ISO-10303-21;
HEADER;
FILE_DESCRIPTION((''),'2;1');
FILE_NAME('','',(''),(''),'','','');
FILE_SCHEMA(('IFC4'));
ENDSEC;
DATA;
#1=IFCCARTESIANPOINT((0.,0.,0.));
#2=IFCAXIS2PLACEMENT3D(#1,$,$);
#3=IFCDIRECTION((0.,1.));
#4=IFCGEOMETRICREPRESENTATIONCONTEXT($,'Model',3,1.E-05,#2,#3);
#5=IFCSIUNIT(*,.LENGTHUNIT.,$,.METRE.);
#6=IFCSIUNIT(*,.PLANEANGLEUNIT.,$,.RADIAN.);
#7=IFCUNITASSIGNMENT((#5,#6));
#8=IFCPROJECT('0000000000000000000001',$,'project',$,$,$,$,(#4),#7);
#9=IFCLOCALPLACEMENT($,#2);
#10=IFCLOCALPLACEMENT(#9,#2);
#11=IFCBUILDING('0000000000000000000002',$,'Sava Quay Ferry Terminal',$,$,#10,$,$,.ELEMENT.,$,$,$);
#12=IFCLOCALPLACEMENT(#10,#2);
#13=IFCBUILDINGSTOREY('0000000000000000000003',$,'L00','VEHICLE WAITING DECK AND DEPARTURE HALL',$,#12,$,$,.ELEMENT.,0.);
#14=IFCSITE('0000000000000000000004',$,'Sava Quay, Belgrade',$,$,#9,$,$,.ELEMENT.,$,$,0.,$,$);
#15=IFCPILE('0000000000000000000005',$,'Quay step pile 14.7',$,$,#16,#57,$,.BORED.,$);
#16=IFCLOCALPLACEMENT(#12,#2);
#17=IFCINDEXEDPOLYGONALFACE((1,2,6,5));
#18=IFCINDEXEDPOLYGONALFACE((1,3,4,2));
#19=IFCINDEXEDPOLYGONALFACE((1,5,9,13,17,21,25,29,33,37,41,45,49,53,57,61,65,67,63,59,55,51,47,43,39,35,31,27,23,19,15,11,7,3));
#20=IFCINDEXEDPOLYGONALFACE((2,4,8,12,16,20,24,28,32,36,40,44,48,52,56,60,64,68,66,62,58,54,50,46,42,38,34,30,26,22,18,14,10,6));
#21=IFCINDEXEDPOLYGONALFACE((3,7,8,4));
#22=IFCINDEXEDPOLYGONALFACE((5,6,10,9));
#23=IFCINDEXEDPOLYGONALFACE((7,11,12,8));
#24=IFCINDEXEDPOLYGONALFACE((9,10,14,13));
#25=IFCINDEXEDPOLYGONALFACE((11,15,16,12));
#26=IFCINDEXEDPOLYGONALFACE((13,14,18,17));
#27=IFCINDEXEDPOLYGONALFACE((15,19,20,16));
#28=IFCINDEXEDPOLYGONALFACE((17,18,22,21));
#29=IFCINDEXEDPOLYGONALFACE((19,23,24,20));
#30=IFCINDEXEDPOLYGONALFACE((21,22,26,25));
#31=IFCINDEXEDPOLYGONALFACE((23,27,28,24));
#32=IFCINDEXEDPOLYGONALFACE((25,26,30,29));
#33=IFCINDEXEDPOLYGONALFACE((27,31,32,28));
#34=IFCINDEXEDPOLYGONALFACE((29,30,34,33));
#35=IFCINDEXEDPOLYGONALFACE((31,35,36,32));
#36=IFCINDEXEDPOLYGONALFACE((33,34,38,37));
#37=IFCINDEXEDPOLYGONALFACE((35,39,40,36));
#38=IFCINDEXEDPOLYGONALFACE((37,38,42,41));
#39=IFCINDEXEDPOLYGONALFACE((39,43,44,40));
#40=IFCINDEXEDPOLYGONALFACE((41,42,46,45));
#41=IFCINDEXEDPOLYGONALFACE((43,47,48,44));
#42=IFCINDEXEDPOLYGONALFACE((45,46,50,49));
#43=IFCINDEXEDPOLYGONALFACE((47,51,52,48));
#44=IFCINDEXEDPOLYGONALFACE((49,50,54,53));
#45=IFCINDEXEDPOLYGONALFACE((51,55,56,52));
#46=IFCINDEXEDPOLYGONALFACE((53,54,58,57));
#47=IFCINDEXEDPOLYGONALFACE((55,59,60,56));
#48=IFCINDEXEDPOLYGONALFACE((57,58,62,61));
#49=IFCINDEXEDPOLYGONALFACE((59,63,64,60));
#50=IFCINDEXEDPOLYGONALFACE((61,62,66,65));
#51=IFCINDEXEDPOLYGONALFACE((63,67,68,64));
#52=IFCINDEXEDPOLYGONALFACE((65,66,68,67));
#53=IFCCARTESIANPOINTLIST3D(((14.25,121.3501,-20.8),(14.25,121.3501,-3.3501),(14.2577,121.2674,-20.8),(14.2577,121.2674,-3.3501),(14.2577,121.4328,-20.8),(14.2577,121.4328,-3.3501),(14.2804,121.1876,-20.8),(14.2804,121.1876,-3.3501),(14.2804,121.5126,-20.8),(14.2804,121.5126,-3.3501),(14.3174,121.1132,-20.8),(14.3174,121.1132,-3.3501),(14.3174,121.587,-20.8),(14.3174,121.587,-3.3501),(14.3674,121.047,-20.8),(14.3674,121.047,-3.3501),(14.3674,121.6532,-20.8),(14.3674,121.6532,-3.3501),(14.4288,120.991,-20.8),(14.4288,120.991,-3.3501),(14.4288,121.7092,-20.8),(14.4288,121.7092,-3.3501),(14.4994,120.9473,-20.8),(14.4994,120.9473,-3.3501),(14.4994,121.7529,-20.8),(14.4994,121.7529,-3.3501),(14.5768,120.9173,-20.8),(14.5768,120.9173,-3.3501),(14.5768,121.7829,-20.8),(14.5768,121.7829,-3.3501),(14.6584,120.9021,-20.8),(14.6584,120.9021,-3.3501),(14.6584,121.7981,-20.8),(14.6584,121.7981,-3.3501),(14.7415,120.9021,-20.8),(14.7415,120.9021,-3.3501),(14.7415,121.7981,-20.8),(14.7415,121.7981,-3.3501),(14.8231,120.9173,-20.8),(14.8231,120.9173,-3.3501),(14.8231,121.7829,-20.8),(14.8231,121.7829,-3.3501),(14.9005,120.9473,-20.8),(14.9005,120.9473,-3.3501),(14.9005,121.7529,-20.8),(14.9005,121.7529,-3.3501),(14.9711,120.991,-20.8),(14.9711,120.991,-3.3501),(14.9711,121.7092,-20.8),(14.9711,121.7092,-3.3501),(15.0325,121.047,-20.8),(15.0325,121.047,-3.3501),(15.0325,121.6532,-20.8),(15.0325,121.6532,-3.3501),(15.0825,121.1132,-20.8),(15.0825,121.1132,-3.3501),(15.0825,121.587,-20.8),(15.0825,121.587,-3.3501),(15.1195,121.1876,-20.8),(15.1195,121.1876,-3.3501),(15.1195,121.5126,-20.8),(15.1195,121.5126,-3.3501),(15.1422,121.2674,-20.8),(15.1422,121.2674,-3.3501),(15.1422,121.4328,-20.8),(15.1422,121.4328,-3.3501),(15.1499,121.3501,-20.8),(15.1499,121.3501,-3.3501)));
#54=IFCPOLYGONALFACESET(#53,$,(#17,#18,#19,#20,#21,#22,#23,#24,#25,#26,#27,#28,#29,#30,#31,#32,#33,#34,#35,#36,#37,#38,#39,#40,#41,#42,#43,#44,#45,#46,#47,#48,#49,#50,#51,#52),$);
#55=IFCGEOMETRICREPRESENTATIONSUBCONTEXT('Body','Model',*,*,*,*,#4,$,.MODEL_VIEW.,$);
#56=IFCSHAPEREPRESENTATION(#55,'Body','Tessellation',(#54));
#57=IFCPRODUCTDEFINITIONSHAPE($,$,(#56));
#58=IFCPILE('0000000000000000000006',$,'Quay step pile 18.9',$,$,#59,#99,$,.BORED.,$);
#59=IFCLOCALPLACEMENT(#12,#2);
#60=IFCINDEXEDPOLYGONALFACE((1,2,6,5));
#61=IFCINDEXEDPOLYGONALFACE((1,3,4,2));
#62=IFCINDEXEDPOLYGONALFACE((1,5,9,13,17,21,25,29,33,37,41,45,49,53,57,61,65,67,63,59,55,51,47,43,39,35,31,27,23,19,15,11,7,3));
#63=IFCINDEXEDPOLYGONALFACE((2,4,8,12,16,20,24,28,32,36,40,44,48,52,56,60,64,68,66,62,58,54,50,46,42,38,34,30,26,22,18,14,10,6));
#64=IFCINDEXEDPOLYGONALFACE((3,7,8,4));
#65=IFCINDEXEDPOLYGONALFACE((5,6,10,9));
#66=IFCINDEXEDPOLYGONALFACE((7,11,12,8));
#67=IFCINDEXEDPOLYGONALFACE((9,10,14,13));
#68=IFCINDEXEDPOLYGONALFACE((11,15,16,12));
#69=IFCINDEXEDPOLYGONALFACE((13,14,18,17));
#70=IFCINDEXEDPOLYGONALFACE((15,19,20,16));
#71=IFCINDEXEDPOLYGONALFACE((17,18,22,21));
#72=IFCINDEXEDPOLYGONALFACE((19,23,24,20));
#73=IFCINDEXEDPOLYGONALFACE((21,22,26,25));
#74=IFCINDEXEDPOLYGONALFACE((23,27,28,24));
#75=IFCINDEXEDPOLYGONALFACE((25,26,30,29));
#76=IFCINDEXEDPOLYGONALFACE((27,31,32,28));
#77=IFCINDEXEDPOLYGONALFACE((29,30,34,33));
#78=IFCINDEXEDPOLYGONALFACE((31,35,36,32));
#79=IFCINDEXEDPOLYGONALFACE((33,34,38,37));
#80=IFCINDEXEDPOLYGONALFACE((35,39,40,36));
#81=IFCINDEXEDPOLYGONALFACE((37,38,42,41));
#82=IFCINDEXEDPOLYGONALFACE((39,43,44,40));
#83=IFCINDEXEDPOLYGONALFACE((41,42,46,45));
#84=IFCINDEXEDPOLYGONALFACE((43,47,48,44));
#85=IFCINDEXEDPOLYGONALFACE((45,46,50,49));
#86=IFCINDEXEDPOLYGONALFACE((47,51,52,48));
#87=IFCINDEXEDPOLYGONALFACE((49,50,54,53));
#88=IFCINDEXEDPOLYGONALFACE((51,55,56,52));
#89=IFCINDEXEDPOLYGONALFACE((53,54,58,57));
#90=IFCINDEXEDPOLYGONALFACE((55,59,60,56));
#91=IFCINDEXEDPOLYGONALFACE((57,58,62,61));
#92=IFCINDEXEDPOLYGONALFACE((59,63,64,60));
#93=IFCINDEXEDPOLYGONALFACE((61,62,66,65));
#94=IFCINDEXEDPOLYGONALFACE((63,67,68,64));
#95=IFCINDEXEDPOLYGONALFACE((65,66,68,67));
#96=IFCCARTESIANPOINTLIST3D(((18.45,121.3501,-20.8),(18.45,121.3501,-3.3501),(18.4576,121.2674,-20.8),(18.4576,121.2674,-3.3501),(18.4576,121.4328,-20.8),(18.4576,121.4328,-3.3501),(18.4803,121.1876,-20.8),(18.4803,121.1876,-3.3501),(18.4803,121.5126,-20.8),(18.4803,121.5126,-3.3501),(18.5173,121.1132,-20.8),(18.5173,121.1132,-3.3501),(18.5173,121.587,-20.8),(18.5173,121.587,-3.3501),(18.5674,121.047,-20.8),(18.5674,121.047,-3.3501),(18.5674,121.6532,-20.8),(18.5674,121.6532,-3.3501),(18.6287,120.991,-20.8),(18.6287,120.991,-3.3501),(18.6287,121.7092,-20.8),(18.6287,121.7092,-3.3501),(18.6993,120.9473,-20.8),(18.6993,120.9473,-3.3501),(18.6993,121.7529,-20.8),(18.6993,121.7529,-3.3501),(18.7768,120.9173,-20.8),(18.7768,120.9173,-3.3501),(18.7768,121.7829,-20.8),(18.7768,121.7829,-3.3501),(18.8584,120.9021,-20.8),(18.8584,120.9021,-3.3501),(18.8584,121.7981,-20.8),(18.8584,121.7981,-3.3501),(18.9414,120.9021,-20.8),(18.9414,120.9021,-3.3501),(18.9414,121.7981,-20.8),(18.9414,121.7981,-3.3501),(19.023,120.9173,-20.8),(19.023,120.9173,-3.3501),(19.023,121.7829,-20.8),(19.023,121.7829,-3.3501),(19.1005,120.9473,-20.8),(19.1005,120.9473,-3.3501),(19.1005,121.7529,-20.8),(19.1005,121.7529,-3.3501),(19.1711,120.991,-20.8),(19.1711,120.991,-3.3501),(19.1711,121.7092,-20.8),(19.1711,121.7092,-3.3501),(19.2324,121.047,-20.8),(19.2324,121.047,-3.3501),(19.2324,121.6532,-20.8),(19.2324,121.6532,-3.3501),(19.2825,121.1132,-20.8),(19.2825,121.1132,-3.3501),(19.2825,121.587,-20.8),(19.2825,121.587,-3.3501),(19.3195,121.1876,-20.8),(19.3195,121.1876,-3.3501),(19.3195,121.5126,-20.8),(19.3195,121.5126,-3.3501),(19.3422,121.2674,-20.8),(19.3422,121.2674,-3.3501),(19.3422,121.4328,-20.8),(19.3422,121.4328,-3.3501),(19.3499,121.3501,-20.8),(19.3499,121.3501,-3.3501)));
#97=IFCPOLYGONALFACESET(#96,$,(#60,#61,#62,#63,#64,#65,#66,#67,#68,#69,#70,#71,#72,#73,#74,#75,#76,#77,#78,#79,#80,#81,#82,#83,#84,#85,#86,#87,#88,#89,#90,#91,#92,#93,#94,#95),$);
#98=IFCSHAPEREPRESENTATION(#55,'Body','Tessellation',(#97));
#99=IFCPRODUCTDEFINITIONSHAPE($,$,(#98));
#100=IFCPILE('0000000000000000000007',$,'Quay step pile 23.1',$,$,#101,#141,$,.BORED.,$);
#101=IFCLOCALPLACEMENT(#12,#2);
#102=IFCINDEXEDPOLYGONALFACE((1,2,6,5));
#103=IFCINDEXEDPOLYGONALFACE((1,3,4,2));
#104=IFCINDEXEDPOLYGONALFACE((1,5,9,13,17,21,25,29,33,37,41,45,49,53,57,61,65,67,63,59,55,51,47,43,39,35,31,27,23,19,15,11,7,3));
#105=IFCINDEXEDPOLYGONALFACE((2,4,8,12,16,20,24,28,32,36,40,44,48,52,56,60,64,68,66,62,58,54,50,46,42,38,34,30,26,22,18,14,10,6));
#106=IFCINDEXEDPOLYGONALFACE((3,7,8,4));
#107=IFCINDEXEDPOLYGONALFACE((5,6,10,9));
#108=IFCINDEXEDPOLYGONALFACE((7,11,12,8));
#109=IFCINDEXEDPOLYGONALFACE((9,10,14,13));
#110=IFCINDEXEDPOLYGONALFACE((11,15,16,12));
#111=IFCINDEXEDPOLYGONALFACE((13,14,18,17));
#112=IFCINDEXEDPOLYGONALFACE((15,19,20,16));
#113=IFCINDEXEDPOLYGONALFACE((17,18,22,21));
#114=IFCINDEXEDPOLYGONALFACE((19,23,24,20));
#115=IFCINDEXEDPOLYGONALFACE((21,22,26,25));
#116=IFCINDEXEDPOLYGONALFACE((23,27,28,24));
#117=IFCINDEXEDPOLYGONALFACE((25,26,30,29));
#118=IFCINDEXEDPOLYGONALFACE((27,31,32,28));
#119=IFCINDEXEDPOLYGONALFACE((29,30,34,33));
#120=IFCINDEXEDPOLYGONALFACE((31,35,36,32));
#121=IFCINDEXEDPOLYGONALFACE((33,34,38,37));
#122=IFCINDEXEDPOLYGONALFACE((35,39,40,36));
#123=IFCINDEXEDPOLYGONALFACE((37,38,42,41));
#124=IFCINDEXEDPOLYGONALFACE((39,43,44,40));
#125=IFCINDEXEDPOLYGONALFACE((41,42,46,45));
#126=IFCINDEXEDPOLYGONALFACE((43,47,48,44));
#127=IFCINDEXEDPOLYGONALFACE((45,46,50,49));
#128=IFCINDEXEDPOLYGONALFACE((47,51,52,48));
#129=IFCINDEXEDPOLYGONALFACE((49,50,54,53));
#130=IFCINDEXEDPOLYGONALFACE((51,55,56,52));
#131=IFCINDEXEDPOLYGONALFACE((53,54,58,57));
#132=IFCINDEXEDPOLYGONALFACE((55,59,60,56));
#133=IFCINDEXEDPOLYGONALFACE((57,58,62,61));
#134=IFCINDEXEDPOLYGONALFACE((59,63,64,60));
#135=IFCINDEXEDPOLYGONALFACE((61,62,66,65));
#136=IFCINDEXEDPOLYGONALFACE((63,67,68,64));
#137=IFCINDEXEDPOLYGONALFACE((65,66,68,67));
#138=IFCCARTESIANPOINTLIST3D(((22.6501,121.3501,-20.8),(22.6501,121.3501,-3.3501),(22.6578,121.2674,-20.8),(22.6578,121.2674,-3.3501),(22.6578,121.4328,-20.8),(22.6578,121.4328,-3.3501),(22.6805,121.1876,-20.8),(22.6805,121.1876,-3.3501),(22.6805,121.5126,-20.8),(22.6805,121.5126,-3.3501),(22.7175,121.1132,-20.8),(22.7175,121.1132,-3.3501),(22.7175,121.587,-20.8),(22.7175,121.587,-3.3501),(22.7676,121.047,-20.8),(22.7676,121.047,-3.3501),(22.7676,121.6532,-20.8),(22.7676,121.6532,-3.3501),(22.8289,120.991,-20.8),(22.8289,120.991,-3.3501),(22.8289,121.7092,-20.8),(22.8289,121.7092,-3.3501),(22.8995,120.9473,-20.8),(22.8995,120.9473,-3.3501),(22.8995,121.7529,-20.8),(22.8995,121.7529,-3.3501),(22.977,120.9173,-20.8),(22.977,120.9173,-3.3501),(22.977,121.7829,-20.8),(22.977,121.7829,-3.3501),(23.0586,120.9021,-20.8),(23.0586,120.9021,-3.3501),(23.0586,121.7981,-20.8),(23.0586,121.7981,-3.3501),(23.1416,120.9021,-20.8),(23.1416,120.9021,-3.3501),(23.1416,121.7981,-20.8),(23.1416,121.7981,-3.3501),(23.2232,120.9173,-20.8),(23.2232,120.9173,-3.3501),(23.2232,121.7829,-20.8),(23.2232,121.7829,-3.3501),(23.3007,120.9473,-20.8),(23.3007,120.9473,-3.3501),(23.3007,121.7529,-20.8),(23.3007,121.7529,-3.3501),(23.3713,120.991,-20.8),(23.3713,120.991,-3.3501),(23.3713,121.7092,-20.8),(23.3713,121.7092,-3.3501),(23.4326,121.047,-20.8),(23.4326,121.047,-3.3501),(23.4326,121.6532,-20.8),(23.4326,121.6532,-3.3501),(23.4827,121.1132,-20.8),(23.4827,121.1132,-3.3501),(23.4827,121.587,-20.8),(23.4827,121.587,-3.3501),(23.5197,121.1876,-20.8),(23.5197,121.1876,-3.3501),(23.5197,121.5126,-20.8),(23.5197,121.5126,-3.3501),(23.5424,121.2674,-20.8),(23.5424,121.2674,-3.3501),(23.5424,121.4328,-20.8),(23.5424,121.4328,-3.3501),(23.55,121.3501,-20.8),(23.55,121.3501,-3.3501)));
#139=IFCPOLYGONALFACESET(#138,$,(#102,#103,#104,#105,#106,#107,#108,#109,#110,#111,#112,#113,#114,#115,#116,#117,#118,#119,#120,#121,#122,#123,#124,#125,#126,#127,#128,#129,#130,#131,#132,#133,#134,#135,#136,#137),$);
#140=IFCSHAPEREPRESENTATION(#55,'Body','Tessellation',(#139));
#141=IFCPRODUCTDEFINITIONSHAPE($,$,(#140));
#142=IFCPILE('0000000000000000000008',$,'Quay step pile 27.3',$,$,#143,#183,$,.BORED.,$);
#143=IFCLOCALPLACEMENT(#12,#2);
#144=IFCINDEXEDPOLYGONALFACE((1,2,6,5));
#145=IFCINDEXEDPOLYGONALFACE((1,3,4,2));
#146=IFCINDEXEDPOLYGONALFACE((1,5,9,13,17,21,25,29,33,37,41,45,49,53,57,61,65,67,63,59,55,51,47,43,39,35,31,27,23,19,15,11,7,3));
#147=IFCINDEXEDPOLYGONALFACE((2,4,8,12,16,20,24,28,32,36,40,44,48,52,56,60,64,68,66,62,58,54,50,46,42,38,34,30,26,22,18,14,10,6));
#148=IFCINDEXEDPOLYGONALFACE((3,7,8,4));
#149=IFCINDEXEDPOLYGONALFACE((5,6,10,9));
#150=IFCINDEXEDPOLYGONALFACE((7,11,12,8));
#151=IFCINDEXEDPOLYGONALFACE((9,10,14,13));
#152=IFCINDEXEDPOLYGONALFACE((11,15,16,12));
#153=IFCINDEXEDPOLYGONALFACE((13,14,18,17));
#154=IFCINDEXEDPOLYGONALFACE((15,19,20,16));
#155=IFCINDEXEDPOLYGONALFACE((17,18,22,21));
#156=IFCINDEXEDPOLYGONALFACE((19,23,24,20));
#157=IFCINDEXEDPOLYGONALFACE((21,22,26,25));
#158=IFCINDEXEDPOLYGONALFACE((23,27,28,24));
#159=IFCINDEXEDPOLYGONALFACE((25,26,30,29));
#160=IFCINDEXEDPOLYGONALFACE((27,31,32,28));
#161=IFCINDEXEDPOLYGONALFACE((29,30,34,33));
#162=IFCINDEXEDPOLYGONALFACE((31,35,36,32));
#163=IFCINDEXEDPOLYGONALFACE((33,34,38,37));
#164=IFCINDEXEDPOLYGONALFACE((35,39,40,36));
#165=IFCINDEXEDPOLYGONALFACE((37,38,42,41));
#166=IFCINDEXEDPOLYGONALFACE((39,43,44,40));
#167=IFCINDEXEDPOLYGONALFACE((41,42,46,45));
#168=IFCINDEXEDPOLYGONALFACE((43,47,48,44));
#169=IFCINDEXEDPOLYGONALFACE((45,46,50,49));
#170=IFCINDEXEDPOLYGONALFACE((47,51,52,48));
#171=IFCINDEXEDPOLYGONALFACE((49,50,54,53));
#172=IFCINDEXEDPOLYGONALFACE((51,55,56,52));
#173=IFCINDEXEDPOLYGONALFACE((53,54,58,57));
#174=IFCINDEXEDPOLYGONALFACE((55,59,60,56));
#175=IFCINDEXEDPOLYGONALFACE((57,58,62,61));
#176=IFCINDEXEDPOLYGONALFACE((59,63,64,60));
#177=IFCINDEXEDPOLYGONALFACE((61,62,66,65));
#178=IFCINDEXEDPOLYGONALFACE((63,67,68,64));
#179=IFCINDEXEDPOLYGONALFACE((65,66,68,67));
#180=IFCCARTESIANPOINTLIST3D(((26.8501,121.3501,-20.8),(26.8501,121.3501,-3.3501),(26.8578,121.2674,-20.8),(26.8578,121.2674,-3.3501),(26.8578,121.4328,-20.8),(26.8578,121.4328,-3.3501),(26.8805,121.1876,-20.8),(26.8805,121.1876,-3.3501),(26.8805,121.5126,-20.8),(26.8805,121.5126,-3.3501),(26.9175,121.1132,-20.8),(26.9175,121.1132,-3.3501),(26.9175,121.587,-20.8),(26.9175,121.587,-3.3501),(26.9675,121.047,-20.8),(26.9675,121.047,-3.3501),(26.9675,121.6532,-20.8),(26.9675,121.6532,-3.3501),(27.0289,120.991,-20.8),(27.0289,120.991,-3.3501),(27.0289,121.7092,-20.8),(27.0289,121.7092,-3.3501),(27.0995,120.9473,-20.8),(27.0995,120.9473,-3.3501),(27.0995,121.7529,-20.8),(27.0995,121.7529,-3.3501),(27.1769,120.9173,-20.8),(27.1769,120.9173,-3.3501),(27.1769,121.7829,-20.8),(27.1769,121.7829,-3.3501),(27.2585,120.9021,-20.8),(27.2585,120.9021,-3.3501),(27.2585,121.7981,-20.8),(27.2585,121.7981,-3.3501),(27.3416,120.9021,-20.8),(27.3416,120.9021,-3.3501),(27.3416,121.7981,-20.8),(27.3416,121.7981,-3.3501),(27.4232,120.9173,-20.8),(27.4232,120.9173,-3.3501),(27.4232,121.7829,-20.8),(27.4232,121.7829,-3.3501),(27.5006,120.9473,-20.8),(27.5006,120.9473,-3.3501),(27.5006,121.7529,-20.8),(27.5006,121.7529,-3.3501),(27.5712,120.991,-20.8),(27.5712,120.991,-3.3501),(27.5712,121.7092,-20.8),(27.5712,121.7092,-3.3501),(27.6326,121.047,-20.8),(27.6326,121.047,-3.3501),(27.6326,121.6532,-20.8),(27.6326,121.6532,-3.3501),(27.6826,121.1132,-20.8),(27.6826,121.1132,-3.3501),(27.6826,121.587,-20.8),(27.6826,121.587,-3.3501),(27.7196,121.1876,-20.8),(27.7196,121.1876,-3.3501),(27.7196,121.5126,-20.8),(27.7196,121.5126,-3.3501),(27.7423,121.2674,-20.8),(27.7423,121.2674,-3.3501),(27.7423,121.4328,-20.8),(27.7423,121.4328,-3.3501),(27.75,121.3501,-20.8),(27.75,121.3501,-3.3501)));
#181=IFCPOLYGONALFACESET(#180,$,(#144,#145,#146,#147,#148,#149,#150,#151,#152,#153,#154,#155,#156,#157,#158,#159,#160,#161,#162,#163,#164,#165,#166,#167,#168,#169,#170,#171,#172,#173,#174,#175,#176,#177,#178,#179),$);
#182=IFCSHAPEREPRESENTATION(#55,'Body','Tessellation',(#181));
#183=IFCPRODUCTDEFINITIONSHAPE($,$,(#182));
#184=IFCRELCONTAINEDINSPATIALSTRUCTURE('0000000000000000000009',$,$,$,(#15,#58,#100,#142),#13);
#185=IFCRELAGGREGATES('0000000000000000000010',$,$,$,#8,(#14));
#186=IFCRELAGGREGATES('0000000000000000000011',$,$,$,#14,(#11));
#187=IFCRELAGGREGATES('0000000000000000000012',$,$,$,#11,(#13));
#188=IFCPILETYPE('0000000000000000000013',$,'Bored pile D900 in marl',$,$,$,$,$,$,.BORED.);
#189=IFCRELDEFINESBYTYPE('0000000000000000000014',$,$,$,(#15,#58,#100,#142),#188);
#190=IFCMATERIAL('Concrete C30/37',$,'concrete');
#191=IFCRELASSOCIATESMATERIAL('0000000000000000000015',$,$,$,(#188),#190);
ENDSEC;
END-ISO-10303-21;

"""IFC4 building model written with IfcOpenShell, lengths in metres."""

from ifc_helpers import new_model, si_unit, direction, frame, origin, origin_2d, place, context, subcontext, project, spatial, circle, extrude, material, material_profile, profile_set, type_object, element, save


model = new_model("IFC4")

# Units and contexts
model_context = context("Model", 3, precision=1e-05, world=origin(), true_north=direction((0.0, 1.0)))
body_context = subcontext(model_context, "Body", "Model", "MODEL_VIEW")
ifc_project = project(units=[si_unit("LENGTHUNIT", "METRE"), si_unit("PLANEANGLEUNIT", "RADIAN")], contexts=[model_context])

# Site, building, storey
site_placement = place(None, origin())
site = spatial("IfcSite", under=ifc_project, at=site_placement, Name="Sava Quay, Belgrade", CompositionType="ELEMENT", RefElevation=0.0)
building_placement = place(site_placement, origin())
building = spatial("IfcBuilding", under=site, at=building_placement, Name="Sava Quay Ferry Terminal", CompositionType="ELEMENT")
storey_placement = place(building_placement, origin())
storey = spatial("IfcBuildingStorey", under=building, at=storey_placement, Name="L00", Description="VEHICLE WAITING DECK AND DEPARTURE HALL", CompositionType="ELEMENT", Elevation=0.0)

# Piles
ifc_material_1 = material(Name="Concrete C30/37", Category="concrete")
ifc_material_profile = material_profile(ifc_material_1, circle(Radius=0.45, at=origin_2d()), Name="Bored pile D900 in marl")
ifc_profile_set = profile_set([ifc_material_profile], Name="Concrete C30/37")
pile_type = type_object("IfcPileType", Name="Bored pile D900 in marl", PredefinedType="BORED", material=ifc_profile_set)
for number, where, z_axis, x_axis, name in (
    (1, (14.7, 121.3501, -3.3501), (0.0, 0.0, -1.0), (1.0, 0.0, 0.0), "Quay step pile 14.7"),
    (2, (18.8999, 121.3501, -3.3501), (0.0, 0.0, -1.0), (1.0, 0.0, 0.0), "Quay step pile 18.9"),
    (3, (23.1001, 121.3501, -3.3501), (0.0, 0.0, -1.0), (1.0, 0.0, 0.0), "Quay step pile 23.1"),
    (4, (27.3, 121.3501, -3.3501), (0.0, 0.0, -1.0), (1.0, 0.0, 0.0), "Quay step pile 27.3"),
):
    element("IfcPile", number, at=place(storey_placement, frame(where, z_axis=z_axis, x_axis=x_axis)), inside=storey, type_object=pile_type, Name=name, PredefinedType="BORED", context=body_context, shape_type="SweptSolid", body=[
        extrude(circle(Radius=0.45, at=origin_2d()), origin(), (0.0, 0.0, 1.0), 17.45),
    ])

save(model, "model.ifc")
